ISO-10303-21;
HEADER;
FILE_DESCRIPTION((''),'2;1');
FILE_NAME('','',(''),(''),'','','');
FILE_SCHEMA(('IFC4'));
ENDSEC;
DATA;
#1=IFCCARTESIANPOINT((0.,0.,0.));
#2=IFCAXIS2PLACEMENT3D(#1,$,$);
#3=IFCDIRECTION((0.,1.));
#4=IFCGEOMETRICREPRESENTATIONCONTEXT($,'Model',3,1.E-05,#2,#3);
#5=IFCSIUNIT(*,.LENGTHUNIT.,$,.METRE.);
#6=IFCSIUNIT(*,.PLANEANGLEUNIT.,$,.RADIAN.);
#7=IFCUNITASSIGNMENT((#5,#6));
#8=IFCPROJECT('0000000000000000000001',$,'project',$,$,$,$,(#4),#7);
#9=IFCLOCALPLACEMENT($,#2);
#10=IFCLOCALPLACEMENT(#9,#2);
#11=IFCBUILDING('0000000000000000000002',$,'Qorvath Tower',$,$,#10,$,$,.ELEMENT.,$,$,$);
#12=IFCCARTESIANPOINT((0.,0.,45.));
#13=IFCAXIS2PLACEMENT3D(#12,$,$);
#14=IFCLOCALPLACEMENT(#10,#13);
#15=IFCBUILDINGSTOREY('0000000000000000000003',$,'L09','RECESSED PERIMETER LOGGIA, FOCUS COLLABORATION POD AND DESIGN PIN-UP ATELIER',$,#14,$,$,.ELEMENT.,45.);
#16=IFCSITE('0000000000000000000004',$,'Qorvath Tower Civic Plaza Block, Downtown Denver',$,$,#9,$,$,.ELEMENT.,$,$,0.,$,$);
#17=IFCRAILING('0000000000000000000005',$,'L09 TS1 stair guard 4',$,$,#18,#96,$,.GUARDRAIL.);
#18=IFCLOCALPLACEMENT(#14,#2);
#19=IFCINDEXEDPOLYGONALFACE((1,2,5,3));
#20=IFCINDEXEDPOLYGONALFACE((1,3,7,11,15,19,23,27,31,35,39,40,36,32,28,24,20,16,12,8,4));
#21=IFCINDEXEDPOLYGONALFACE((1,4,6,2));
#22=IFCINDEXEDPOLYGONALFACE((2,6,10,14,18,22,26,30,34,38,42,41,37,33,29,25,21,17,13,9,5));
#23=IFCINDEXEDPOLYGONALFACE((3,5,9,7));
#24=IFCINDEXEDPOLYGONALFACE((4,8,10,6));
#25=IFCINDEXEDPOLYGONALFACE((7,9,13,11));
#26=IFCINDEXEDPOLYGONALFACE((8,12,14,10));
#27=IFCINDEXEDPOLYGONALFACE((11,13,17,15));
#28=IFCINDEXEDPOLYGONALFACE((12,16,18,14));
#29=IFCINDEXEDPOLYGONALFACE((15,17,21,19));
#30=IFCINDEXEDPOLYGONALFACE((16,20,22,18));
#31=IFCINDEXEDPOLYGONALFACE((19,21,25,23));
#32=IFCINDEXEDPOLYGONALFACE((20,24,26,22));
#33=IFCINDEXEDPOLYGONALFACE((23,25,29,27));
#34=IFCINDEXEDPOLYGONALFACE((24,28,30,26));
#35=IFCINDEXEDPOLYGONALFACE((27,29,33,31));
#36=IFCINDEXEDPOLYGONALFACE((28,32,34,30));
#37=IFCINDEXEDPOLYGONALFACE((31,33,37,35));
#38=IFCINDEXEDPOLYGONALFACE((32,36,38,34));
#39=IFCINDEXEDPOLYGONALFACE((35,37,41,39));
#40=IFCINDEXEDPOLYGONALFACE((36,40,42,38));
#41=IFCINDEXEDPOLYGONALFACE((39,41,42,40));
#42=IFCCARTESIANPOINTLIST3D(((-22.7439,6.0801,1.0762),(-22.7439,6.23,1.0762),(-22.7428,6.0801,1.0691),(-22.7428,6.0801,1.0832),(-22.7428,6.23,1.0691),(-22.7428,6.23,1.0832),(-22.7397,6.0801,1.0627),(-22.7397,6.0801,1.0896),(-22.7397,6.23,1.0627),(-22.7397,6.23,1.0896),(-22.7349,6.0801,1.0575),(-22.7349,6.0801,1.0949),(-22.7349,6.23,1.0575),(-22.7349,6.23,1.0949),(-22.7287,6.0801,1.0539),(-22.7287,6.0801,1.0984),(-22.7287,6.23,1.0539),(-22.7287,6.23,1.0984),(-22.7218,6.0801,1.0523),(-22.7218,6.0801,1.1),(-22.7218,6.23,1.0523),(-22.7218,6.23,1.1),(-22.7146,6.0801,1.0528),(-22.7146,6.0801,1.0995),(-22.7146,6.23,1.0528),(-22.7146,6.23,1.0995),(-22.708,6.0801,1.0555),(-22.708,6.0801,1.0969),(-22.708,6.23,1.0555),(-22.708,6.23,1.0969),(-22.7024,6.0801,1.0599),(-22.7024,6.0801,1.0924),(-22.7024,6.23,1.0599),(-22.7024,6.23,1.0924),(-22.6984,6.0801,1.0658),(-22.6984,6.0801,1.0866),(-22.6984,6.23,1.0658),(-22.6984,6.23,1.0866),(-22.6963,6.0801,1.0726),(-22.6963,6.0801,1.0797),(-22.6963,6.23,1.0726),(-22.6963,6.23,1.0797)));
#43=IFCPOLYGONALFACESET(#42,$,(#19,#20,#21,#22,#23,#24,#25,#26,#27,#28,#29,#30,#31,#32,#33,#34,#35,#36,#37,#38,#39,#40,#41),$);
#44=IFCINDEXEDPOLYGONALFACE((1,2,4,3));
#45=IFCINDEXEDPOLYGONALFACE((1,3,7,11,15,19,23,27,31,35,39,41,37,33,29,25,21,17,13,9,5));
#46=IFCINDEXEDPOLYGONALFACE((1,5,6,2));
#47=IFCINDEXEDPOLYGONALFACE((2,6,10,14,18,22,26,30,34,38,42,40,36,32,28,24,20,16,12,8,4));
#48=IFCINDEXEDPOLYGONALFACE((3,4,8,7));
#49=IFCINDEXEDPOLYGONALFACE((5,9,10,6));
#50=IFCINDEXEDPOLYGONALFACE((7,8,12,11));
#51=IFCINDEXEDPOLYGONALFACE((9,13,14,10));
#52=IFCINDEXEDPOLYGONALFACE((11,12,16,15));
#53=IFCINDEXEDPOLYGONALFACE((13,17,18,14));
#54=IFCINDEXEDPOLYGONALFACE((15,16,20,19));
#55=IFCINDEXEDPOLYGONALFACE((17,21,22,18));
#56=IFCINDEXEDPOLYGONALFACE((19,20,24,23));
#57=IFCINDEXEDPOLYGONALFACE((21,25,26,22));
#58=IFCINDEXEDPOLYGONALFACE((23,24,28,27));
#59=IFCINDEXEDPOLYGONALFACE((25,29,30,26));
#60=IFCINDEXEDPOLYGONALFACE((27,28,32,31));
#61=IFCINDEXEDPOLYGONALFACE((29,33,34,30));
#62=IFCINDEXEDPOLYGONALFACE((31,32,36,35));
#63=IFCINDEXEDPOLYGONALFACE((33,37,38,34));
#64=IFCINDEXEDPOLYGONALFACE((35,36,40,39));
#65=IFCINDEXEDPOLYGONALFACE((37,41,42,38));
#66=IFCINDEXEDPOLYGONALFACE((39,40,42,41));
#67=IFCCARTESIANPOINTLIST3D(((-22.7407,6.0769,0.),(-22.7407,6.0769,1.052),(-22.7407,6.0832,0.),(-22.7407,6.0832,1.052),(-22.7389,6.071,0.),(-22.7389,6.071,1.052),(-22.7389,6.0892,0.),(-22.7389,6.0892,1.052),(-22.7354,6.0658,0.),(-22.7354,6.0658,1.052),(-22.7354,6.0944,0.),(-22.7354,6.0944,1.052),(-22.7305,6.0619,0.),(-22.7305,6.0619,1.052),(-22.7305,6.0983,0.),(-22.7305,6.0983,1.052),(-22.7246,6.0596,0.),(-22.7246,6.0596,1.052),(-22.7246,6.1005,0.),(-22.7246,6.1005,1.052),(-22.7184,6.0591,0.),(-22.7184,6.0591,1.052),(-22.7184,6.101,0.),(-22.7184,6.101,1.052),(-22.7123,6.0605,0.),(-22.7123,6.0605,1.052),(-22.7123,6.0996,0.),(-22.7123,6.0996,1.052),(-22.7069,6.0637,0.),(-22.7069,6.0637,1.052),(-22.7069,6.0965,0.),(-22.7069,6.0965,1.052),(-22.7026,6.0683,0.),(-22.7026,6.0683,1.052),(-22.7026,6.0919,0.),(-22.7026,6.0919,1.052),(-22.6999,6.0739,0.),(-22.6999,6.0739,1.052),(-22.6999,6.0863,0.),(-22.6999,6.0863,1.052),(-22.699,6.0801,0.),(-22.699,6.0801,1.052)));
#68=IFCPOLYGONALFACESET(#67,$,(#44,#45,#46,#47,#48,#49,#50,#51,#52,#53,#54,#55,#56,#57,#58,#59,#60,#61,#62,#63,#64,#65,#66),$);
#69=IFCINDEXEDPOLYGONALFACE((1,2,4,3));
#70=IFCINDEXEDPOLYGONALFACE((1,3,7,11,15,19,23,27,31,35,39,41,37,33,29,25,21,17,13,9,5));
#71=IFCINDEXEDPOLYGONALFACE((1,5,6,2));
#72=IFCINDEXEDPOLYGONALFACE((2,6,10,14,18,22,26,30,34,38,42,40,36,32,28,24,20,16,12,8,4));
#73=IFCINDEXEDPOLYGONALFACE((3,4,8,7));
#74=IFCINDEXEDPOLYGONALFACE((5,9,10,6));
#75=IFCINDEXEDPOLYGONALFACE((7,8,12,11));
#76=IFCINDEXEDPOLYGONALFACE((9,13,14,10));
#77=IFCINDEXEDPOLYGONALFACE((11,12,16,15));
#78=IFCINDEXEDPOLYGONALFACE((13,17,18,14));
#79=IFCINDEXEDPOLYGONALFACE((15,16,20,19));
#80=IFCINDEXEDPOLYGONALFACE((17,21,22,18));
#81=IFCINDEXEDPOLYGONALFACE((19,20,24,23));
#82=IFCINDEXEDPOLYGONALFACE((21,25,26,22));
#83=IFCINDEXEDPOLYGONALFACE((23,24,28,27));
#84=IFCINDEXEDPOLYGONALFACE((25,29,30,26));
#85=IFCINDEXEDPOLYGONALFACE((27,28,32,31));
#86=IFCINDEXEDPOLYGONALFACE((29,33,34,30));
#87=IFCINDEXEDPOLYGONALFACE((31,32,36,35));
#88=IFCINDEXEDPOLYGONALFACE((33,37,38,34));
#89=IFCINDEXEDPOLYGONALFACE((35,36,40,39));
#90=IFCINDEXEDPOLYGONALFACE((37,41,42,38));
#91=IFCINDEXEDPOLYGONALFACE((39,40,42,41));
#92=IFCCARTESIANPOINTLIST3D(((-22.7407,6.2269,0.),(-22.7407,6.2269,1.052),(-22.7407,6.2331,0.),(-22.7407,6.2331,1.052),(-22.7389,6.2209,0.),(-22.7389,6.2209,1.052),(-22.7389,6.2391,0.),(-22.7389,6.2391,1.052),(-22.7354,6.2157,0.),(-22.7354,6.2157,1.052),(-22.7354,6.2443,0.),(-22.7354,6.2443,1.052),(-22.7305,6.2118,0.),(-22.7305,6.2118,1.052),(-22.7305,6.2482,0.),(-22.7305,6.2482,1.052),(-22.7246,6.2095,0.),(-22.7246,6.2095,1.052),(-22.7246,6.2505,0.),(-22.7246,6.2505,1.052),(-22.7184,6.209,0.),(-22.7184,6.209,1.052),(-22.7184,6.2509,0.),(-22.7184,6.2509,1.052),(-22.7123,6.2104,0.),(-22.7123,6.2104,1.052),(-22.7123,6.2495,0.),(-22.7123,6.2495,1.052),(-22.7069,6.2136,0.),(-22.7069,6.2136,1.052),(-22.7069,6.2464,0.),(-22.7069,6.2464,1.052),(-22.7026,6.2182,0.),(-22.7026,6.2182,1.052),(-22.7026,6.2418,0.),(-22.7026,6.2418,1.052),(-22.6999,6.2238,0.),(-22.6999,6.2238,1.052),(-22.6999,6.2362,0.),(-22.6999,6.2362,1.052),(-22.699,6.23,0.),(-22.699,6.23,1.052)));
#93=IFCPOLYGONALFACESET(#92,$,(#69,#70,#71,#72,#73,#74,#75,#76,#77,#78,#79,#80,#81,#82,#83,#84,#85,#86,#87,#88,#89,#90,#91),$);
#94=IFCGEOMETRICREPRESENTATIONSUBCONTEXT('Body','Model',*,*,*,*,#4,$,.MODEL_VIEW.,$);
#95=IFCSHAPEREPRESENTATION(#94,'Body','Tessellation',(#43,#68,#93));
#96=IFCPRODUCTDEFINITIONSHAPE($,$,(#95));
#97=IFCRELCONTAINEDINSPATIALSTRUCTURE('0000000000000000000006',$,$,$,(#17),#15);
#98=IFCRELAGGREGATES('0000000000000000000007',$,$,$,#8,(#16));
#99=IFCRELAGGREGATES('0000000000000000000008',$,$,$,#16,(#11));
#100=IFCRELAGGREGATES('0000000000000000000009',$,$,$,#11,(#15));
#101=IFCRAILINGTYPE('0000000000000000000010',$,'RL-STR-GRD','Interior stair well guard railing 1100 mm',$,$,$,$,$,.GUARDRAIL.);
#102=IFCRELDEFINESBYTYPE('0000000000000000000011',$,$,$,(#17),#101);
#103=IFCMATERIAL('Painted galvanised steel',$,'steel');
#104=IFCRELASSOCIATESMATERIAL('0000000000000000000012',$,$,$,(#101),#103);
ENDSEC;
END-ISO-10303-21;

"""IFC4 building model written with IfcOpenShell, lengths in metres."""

from ifc_helpers import new_model, si_unit, direction, frame, origin, origin_2d, place, context, subcontext, project, spatial, circle, extrude, material, type_object, element, save


model = new_model("IFC4")

# Units and contexts
model_context = context("Model", 3, precision=1e-05, world=origin(), true_north=direction((0.0, 1.0)))
body_context = subcontext(model_context, "Body", "Model", "MODEL_VIEW")
ifc_project = project(units=[si_unit("LENGTHUNIT", "METRE"), si_unit("PLANEANGLEUNIT", "RADIAN")], contexts=[model_context])

# Site, building, storey
site_placement = place(None, origin())
site = spatial("IfcSite", under=ifc_project, at=site_placement, Name="Qorvath Tower Civic Plaza Block, Downtown Denver", CompositionType="ELEMENT", RefElevation=0.0)
building_placement = place(site_placement, origin())
building = spatial("IfcBuilding", under=site, at=building_placement, Name="Qorvath Tower", CompositionType="ELEMENT")
storey_placement = place(building_placement, frame((0.0, 0.0, 45.0)))
storey = spatial("IfcBuildingStorey", under=building, at=storey_placement, Name="L09", Description="RECESSED PERIMETER LOGGIA, FOCUS COLLABORATION POD AND DESIGN PIN-UP ATELIER", CompositionType="ELEMENT", Elevation=45.0)

# Railing
ifc_material_1 = material(Name="Painted galvanised steel", Category="steel")
railing_type_1 = type_object("IfcRailingType", Name="RL-STR-GRD", Description="Interior stair well guard railing 1100 mm", PredefinedType="GUARDRAIL", material=ifc_material_1)
railing_1_placement = place(storey_placement, frame((-22.72, 6.0801, 0.0)))
element("IfcRailing", 1, at=railing_1_placement, inside=storey, type_object=railing_type_1, Name="L09 TS1 stair guard 4", PredefinedType="GUARDRAIL", context=body_context, shape_type="SweptSolid", body=[
    extrude(circle(Radius=0.0239, at=origin_2d()), frame((0.0, 0.0, 1.0762), z_axis=(0.0, 1.0, 0.0), x_axis=(-1.0, 0.0, 0.0)), (0.0, 0.0, 1.0), 0.1499),
    extrude(circle(Radius=0.021, at=origin_2d()), origin(), (0.0, 0.0, 1.0), 1.052),
    extrude(circle(Radius=0.021, at=origin_2d()), frame((0.0, 0.1499, 0.0)), (0.0, 0.0, 1.0), 1.052),
])

save(model, "model.ifc")
